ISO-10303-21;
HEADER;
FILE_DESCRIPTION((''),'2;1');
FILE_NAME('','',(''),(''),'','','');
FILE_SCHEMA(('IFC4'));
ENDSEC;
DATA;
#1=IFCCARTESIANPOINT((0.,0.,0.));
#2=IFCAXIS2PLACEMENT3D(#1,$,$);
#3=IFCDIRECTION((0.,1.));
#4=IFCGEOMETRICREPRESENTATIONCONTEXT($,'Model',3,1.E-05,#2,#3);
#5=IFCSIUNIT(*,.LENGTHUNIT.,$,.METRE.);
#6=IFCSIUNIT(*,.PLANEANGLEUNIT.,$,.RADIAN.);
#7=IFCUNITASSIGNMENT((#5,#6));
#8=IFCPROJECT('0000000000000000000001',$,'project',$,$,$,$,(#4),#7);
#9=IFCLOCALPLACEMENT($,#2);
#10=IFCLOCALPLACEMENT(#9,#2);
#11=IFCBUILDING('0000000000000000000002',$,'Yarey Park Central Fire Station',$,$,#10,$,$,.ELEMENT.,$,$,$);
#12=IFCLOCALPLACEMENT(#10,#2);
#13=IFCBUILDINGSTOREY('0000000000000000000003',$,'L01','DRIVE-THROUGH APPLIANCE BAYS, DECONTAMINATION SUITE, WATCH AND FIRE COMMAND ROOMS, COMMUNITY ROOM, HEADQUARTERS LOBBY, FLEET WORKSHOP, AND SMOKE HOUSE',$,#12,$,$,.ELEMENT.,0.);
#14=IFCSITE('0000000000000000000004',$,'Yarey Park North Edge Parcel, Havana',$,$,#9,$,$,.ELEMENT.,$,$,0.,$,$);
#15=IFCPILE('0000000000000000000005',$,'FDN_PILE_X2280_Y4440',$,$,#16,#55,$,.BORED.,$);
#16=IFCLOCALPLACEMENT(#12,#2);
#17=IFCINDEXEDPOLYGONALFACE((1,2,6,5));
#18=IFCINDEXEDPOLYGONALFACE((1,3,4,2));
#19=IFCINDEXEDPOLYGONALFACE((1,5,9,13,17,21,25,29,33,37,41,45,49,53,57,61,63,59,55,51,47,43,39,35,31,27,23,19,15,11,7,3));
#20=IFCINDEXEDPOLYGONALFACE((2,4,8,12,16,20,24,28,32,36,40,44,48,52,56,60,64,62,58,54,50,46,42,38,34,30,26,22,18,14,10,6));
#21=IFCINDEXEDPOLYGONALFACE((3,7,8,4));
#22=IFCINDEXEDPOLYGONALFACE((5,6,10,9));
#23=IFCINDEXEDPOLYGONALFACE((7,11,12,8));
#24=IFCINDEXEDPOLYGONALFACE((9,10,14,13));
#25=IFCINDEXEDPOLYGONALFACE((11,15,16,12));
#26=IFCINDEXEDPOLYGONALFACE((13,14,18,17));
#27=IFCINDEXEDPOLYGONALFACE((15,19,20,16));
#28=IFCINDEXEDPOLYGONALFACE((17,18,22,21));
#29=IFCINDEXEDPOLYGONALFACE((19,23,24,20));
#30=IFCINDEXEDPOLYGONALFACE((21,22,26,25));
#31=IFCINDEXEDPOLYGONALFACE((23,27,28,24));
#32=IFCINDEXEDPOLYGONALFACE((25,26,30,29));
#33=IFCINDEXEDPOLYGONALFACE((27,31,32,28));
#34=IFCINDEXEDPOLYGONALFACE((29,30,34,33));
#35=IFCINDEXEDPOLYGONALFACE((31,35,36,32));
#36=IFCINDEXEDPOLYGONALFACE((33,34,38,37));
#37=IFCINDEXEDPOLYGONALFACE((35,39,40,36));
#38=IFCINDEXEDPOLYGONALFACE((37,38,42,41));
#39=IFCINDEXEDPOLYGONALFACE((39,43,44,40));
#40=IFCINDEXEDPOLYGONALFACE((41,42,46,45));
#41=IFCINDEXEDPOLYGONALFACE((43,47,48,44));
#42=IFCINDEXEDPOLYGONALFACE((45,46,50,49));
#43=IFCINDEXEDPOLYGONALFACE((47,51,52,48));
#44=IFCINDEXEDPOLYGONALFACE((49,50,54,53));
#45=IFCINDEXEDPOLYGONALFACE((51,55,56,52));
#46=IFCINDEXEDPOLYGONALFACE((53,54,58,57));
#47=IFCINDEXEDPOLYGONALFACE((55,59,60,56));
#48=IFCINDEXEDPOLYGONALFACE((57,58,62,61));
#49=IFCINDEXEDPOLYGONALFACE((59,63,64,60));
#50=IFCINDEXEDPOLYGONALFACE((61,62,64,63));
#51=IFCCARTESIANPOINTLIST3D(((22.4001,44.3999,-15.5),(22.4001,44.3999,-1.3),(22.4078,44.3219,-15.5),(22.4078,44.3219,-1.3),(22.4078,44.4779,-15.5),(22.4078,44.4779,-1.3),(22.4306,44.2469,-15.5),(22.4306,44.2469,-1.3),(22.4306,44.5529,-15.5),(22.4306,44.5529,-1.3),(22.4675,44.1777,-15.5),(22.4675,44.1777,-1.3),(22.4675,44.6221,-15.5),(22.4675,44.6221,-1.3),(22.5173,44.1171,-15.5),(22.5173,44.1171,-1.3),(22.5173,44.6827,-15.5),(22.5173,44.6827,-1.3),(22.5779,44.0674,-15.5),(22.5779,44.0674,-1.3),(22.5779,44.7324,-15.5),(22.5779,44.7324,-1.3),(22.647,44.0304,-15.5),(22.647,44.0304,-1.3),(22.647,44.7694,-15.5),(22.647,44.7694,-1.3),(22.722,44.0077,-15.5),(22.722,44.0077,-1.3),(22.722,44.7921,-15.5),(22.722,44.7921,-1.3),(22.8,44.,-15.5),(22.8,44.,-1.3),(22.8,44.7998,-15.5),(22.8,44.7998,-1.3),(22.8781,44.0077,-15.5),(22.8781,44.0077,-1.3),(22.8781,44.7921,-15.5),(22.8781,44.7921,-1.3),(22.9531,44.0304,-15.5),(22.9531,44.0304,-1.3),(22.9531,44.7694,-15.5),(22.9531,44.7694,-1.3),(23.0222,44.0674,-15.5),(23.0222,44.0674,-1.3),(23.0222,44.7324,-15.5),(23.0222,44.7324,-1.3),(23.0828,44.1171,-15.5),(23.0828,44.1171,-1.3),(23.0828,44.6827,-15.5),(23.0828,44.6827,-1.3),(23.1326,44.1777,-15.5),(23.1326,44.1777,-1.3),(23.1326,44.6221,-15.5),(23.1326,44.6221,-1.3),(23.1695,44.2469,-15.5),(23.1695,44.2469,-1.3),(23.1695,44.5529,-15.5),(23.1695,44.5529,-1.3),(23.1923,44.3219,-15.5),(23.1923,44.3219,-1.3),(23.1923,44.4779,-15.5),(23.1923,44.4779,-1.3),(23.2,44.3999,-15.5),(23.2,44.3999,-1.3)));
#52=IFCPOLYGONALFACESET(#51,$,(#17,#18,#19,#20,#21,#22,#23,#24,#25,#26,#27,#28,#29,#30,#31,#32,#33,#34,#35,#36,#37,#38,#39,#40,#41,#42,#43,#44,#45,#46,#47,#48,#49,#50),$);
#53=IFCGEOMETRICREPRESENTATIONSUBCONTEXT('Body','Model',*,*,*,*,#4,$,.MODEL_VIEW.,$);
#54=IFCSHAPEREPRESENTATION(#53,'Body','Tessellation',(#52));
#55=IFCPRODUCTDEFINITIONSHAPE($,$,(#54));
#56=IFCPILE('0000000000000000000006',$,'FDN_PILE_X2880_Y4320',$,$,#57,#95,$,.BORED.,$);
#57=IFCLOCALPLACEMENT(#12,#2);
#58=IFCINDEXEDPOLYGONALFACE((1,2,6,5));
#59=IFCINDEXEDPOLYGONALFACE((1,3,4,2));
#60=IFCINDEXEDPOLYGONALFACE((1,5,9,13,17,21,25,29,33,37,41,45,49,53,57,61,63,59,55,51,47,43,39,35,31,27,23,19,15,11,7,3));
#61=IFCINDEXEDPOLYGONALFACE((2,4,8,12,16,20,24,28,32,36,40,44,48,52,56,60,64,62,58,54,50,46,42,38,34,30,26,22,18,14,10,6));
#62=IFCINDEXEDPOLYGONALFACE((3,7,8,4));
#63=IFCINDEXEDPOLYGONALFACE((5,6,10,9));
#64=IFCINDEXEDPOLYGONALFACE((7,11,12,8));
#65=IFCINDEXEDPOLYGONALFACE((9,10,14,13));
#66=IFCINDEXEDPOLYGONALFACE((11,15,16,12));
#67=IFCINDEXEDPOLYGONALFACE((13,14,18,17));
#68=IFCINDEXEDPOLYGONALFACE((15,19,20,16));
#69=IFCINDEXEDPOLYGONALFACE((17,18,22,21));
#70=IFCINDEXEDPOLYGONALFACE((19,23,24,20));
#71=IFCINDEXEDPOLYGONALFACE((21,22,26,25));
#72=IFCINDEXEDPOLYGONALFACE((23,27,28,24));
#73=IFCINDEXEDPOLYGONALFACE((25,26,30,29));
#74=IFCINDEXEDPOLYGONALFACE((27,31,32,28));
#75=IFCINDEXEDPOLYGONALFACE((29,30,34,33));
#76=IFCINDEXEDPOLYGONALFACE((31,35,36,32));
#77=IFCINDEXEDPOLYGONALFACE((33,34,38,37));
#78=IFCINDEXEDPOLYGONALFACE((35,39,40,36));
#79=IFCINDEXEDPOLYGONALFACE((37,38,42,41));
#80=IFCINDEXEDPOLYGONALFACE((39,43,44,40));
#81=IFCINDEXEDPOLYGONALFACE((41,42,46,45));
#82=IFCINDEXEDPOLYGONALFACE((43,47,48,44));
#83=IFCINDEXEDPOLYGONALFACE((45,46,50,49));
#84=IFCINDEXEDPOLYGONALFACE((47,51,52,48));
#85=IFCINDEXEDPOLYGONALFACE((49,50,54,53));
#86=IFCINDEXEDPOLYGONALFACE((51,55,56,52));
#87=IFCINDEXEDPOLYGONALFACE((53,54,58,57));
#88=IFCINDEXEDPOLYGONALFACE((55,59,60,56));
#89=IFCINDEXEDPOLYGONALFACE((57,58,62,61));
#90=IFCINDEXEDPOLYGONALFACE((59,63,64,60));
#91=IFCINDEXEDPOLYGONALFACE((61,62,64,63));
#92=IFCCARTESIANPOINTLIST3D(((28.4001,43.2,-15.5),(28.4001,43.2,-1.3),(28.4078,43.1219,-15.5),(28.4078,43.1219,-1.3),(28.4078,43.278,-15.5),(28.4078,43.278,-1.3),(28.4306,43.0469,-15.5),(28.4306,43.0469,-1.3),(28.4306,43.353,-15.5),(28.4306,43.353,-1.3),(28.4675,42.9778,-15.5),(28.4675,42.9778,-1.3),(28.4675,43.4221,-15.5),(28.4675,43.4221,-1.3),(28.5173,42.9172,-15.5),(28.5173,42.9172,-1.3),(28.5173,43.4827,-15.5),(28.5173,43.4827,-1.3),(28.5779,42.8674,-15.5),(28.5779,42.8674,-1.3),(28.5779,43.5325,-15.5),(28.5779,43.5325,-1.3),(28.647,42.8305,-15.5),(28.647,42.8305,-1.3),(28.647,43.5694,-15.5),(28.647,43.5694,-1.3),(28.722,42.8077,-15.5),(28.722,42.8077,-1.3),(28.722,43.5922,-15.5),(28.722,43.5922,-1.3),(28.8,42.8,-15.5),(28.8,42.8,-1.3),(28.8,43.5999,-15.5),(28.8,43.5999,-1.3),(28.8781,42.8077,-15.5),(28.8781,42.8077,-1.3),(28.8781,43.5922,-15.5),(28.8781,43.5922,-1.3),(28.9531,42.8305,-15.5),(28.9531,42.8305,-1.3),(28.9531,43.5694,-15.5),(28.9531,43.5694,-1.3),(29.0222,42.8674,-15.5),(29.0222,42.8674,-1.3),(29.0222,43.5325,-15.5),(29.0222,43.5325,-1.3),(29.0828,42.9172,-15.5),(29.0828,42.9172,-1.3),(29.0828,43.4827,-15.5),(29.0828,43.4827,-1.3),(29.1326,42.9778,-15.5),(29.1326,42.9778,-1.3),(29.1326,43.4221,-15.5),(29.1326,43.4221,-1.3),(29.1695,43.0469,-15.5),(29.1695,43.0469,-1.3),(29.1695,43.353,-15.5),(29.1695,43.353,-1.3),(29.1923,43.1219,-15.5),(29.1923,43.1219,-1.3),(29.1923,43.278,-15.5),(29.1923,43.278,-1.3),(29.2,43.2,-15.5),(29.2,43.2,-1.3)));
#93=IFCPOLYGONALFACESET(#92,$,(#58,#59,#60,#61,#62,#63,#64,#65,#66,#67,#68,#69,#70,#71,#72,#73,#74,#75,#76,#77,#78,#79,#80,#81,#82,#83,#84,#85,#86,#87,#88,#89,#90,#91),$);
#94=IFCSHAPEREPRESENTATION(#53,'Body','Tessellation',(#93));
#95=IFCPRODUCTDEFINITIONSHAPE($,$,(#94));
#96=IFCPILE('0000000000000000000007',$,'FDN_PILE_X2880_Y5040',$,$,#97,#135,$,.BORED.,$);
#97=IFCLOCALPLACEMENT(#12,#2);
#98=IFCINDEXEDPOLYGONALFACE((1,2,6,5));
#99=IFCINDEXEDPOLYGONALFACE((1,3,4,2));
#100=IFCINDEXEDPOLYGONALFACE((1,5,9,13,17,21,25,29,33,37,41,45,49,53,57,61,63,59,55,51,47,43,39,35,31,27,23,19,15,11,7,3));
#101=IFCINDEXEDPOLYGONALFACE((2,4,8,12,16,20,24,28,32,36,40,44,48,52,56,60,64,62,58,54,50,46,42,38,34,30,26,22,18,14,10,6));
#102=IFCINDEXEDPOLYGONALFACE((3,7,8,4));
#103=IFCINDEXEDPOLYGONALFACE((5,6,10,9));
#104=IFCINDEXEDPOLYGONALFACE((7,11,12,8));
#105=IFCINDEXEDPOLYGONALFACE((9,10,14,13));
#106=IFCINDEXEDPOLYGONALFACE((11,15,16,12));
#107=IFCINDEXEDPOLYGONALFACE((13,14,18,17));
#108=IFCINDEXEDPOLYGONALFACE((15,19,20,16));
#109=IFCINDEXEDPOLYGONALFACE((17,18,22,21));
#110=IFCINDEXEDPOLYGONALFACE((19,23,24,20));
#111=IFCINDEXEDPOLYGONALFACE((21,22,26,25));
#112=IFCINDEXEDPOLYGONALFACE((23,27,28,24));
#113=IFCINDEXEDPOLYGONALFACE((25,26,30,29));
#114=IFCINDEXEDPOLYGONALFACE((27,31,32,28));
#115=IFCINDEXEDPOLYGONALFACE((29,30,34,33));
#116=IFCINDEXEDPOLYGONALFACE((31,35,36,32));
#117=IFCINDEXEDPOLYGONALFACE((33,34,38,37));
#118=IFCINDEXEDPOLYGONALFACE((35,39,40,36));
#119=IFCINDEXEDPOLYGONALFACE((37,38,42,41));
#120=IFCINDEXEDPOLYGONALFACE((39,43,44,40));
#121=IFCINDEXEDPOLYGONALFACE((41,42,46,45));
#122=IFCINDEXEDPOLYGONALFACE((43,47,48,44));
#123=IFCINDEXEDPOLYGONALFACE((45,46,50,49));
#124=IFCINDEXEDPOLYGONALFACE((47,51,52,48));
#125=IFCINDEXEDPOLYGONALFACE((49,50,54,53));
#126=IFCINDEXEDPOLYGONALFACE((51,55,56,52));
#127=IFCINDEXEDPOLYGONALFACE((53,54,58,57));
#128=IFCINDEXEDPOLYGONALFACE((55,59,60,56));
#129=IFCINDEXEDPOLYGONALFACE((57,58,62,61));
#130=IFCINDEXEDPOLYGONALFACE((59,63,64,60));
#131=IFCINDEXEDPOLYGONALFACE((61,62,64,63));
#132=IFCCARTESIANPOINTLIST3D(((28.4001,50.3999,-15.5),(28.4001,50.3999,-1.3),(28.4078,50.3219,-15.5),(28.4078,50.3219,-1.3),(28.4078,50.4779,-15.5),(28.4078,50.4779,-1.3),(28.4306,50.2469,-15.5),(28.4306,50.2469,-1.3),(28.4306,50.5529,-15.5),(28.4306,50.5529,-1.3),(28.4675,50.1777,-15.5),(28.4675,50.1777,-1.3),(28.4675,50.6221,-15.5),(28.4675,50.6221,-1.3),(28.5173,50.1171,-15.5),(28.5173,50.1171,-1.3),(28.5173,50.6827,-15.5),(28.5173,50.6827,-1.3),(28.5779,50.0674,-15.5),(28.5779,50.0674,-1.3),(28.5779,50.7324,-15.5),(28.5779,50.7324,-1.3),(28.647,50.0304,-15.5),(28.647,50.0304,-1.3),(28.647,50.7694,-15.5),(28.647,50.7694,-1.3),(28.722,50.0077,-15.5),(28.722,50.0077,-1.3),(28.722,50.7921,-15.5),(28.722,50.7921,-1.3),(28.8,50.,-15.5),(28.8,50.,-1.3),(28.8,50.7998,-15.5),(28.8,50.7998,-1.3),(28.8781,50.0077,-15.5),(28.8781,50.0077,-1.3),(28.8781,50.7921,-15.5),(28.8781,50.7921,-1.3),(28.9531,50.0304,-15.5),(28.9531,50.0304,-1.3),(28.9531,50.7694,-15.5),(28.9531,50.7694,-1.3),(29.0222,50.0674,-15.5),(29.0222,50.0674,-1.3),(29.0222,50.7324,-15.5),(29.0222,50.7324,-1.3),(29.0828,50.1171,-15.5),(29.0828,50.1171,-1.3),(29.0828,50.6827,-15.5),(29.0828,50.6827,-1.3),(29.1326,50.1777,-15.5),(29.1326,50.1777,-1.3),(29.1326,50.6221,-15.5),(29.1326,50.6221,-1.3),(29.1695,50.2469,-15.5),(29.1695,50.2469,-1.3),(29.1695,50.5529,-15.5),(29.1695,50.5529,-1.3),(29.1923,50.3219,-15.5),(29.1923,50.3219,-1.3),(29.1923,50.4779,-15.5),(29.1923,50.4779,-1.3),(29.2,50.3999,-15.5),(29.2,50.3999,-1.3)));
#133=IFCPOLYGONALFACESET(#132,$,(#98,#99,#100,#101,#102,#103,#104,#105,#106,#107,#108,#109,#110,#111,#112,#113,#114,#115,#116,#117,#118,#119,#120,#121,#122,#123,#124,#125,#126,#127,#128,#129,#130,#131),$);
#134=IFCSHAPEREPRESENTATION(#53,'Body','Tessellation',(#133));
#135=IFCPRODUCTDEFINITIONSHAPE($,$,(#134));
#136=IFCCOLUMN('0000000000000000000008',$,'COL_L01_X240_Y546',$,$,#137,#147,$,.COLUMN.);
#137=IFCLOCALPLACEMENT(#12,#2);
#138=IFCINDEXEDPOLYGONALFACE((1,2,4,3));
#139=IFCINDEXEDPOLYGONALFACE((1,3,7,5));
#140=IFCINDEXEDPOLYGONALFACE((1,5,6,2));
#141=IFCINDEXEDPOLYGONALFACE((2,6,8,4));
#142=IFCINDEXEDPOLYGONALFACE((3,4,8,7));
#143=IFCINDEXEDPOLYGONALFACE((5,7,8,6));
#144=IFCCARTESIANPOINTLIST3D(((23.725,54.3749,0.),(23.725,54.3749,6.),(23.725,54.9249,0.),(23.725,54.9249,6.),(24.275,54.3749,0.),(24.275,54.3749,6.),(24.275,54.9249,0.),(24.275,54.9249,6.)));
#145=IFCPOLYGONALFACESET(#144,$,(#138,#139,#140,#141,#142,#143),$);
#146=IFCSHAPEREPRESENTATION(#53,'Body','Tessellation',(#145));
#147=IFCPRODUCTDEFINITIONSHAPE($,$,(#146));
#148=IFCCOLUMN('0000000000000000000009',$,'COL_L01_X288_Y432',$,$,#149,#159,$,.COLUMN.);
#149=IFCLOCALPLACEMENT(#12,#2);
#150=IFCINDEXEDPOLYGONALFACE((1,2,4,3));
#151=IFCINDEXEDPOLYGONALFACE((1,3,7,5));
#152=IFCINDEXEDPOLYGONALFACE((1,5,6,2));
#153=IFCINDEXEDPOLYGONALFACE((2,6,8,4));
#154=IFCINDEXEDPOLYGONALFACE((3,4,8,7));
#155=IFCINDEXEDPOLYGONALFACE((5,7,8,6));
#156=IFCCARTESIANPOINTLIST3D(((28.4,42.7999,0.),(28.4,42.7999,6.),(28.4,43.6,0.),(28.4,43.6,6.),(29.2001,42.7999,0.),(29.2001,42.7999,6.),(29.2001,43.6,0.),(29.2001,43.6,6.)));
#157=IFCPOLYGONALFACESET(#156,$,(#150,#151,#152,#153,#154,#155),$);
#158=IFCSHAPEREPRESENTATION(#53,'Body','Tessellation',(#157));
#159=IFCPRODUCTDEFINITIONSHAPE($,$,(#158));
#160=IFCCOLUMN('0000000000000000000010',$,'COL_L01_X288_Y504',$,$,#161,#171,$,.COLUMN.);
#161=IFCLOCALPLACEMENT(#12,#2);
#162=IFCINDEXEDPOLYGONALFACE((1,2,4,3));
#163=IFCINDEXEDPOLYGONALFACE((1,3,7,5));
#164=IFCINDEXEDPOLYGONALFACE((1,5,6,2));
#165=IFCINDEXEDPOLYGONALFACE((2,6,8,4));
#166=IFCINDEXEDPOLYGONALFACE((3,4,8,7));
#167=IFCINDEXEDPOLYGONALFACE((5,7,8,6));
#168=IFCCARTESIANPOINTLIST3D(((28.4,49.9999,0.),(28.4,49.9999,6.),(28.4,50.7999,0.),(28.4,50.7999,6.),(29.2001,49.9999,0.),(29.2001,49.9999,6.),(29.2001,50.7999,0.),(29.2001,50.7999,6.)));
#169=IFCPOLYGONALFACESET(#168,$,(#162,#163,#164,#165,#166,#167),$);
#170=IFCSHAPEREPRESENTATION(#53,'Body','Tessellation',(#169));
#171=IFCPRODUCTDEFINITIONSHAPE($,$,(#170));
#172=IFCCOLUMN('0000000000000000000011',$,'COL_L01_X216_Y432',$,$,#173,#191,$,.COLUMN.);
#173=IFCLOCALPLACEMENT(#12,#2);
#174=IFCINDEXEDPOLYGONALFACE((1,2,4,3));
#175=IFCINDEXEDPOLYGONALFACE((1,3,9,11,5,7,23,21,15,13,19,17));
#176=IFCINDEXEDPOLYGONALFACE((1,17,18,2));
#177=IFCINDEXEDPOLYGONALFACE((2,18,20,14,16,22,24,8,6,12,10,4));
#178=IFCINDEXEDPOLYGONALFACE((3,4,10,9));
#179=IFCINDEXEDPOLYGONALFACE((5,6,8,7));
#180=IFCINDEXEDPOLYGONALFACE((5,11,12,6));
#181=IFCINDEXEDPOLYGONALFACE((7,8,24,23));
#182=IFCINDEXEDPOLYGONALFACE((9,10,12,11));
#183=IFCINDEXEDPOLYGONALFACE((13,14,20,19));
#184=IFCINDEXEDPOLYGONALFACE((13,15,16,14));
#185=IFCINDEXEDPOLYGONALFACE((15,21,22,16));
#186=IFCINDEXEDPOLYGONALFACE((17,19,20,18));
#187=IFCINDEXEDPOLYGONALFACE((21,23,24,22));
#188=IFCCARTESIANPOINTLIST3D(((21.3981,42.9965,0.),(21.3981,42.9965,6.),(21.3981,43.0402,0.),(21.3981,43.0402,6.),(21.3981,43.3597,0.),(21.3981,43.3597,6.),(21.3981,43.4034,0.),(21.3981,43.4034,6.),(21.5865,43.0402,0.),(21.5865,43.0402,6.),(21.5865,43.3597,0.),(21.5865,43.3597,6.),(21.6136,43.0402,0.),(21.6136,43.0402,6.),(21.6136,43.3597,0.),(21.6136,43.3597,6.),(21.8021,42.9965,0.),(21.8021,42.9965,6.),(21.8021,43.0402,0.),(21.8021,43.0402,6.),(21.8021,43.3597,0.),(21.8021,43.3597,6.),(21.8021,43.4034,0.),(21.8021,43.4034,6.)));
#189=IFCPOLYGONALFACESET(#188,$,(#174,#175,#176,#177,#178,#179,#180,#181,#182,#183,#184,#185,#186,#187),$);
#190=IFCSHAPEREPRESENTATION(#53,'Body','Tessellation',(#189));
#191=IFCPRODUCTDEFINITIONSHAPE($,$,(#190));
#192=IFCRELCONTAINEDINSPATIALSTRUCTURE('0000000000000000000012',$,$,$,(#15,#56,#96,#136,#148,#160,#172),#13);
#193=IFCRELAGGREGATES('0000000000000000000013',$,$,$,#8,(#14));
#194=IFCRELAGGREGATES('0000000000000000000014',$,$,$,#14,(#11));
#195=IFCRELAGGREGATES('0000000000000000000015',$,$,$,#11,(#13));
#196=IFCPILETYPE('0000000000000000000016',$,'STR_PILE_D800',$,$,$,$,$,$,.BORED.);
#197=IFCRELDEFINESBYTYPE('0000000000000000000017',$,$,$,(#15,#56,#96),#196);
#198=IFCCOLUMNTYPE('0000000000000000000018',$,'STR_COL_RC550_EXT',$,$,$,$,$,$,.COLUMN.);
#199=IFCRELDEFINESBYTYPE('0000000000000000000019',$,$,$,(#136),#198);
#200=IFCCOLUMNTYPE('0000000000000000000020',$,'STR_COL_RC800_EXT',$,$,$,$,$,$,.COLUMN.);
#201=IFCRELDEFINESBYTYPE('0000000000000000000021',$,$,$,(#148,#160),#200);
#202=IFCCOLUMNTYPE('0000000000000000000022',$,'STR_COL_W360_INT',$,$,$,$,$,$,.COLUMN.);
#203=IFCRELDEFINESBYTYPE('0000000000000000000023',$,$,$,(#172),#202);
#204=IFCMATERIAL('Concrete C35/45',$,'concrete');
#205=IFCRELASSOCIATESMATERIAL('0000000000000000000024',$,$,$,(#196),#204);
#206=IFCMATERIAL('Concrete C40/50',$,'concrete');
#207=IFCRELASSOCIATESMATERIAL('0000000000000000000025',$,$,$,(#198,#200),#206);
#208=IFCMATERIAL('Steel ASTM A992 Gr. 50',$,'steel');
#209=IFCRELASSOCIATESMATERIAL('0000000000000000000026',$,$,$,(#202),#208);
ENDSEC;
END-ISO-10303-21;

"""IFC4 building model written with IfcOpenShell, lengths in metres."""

from ifc_helpers import new_model, si_unit, direction, frame, origin, origin_2d, place, context, subcontext, project, spatial, rectangle, circle, i_section, extrude, material, material_profile, profile_set, type_object, element, save


model = new_model("IFC4")

# Units and contexts
model_context = context("Model", 3, precision=1e-05, world=origin(), true_north=direction((0.0, 1.0)))
body_context = subcontext(model_context, "Body", "Model", "MODEL_VIEW")
ifc_project = project(units=[si_unit("LENGTHUNIT", "METRE"), si_unit("PLANEANGLEUNIT", "RADIAN")], contexts=[model_context])

# Site, building, storey
site_placement = place(None, origin())
site = spatial("IfcSite", under=ifc_project, at=site_placement, Name="Yarey Park North Edge Parcel, Havana", CompositionType="ELEMENT", RefElevation=0.0)
building_placement = place(site_placement, origin())
building = spatial("IfcBuilding", under=site, at=building_placement, Name="Yarey Park Central Fire Station", CompositionType="ELEMENT")
storey_placement = place(building_placement, origin())
storey = spatial("IfcBuildingStorey", under=building, at=storey_placement, Name="L01", Description="DRIVE-THROUGH APPLIANCE BAYS, DECONTAMINATION SUITE, WATCH AND FIRE COMMAND ROOMS, COMMUNITY ROOM, HEADQUARTERS LOBBY, FLEET WORKSHOP, AND SMOKE HOUSE", CompositionType="ELEMENT", Elevation=0.0)

# Shared definitions
ifc_material_1 = material(Name="Concrete C35/45", Category="concrete")

# Piles
ifc_material_profile_1 = material_profile(ifc_material_1, circle(Radius=0.3999, at=origin_2d()), Name="BORED PILE D800")
ifc_profile_set_1 = profile_set([ifc_material_profile_1], Name="Concrete C35/45")
pile_type_1 = type_object("IfcPileType", Name="STR_PILE_D800", PredefinedType="BORED", material=ifc_profile_set_1)
for number, where, z_axis, x_axis, name in (
    (1, (22.8, 44.3999, -1.3), (0.0, 0.0, -1.0), (1.0, 0.0, 0.0), "FDN_PILE_X2280_Y4440"),
    (2, (28.8, 43.2, -1.3), (0.0, 0.0, -1.0), (1.0, 0.0, 0.0), "FDN_PILE_X2880_Y4320"),
    (3, (28.8, 50.3999, -1.3), (0.0, 0.0, -1.0), (1.0, 0.0, 0.0), "FDN_PILE_X2880_Y5040"),
):
    element("IfcPile", number, at=place(storey_placement, frame(where, z_axis=z_axis, x_axis=x_axis)), inside=storey, type_object=pile_type_1, Name=name, PredefinedType="BORED", context=body_context, shape_type="SweptSolid", body=[
        extrude(circle(Radius=0.3999, at=origin_2d()), origin(), (0.0, 0.0, 1.0), 14.2),
    ])

# Columns
ifc_material_2 = material(Name="Concrete C40/50", Category="concrete")
ifc_material_profile_2 = material_profile(ifc_material_2, rectangle(XDim=0.55, YDim=0.55, at=origin_2d()), Name="RC 550x550")
ifc_profile_set_2 = profile_set([ifc_material_profile_2], Name="Concrete C40/50")
column_type_1 = type_object("IfcColumnType", Name="STR_COL_RC550_EXT", PredefinedType="COLUMN", material=ifc_profile_set_2)
column_1_placement = place(storey_placement, frame((24.0, 54.6499, 0.0), z_axis=(0.0, 0.0, 1.0), x_axis=(1.0, 0.0, 0.0)))
element("IfcColumn", 4, at=column_1_placement, inside=storey, type_object=column_type_1, Name="COL_L01_X240_Y546", PredefinedType="COLUMN", context=body_context, shape_type="SweptSolid", body=[
    extrude(rectangle(XDim=0.55, YDim=0.55, at=origin_2d()), origin(), (0.0, 0.0, 1.0), 6.0),
])
ifc_material_profile_3 = material_profile(ifc_material_2, rectangle(XDim=0.8, YDim=0.8, at=origin_2d()), Name="RC 800x800")
ifc_profile_set_3 = profile_set([ifc_material_profile_3], Name="Concrete C40/50")
column_type_2 = type_object("IfcColumnType", Name="STR_COL_RC800_EXT", PredefinedType="COLUMN", material=ifc_profile_set_3)
for number, where, z_axis, x_axis, name in (
    (5, (28.8, 43.2, 0.0), (0.0, 0.0, 1.0), (1.0, 0.0, 0.0), "COL_L01_X288_Y432"),
    (6, (28.8, 50.3999, 0.0), (0.0, 0.0, 1.0), (1.0, 0.0, 0.0), "COL_L01_X288_Y504"),
):
    element("IfcColumn", number, at=place(storey_placement, frame(where, z_axis=z_axis, x_axis=x_axis)), inside=storey, type_object=column_type_2, Name=name, PredefinedType="COLUMN", context=body_context, shape_type="SweptSolid", body=[
        extrude(rectangle(XDim=0.8, YDim=0.8, at=origin_2d()), origin(), (0.0, 0.0, 1.0), 6.0),
    ])
ifc_material_3 = material(Name="Steel ASTM A992 Gr. 50", Category="steel")
ifc_material_profile_4 = material_profile(ifc_material_3, i_section(OverallWidth=0.4041, OverallDepth=0.407, WebThickness=0.0271, FlangeThickness=0.0437, at=origin_2d()), Name="W360x347")
ifc_profile_set_4 = profile_set([ifc_material_profile_4], Name="Steel ASTM A992 Gr. 50")
column_type_3 = type_object("IfcColumnType", Name="STR_COL_W360_INT", PredefinedType="COLUMN", material=ifc_profile_set_4)
column_2_placement = place(storey_placement, frame((21.6001, 43.2, 0.0), z_axis=(0.0, 0.0, 1.0), x_axis=(1.0, 0.0, 0.0)))
element("IfcColumn", 7, at=column_2_placement, inside=storey, type_object=column_type_3, Name="COL_L01_X216_Y432", PredefinedType="COLUMN", context=body_context, shape_type="SweptSolid", body=[
    extrude(i_section(OverallWidth=0.4041, OverallDepth=0.407, WebThickness=0.0271, FlangeThickness=0.0437, at=origin_2d()), origin(), (0.0, 0.0, 1.0), 6.0),
])

save(model, "model.ifc")
